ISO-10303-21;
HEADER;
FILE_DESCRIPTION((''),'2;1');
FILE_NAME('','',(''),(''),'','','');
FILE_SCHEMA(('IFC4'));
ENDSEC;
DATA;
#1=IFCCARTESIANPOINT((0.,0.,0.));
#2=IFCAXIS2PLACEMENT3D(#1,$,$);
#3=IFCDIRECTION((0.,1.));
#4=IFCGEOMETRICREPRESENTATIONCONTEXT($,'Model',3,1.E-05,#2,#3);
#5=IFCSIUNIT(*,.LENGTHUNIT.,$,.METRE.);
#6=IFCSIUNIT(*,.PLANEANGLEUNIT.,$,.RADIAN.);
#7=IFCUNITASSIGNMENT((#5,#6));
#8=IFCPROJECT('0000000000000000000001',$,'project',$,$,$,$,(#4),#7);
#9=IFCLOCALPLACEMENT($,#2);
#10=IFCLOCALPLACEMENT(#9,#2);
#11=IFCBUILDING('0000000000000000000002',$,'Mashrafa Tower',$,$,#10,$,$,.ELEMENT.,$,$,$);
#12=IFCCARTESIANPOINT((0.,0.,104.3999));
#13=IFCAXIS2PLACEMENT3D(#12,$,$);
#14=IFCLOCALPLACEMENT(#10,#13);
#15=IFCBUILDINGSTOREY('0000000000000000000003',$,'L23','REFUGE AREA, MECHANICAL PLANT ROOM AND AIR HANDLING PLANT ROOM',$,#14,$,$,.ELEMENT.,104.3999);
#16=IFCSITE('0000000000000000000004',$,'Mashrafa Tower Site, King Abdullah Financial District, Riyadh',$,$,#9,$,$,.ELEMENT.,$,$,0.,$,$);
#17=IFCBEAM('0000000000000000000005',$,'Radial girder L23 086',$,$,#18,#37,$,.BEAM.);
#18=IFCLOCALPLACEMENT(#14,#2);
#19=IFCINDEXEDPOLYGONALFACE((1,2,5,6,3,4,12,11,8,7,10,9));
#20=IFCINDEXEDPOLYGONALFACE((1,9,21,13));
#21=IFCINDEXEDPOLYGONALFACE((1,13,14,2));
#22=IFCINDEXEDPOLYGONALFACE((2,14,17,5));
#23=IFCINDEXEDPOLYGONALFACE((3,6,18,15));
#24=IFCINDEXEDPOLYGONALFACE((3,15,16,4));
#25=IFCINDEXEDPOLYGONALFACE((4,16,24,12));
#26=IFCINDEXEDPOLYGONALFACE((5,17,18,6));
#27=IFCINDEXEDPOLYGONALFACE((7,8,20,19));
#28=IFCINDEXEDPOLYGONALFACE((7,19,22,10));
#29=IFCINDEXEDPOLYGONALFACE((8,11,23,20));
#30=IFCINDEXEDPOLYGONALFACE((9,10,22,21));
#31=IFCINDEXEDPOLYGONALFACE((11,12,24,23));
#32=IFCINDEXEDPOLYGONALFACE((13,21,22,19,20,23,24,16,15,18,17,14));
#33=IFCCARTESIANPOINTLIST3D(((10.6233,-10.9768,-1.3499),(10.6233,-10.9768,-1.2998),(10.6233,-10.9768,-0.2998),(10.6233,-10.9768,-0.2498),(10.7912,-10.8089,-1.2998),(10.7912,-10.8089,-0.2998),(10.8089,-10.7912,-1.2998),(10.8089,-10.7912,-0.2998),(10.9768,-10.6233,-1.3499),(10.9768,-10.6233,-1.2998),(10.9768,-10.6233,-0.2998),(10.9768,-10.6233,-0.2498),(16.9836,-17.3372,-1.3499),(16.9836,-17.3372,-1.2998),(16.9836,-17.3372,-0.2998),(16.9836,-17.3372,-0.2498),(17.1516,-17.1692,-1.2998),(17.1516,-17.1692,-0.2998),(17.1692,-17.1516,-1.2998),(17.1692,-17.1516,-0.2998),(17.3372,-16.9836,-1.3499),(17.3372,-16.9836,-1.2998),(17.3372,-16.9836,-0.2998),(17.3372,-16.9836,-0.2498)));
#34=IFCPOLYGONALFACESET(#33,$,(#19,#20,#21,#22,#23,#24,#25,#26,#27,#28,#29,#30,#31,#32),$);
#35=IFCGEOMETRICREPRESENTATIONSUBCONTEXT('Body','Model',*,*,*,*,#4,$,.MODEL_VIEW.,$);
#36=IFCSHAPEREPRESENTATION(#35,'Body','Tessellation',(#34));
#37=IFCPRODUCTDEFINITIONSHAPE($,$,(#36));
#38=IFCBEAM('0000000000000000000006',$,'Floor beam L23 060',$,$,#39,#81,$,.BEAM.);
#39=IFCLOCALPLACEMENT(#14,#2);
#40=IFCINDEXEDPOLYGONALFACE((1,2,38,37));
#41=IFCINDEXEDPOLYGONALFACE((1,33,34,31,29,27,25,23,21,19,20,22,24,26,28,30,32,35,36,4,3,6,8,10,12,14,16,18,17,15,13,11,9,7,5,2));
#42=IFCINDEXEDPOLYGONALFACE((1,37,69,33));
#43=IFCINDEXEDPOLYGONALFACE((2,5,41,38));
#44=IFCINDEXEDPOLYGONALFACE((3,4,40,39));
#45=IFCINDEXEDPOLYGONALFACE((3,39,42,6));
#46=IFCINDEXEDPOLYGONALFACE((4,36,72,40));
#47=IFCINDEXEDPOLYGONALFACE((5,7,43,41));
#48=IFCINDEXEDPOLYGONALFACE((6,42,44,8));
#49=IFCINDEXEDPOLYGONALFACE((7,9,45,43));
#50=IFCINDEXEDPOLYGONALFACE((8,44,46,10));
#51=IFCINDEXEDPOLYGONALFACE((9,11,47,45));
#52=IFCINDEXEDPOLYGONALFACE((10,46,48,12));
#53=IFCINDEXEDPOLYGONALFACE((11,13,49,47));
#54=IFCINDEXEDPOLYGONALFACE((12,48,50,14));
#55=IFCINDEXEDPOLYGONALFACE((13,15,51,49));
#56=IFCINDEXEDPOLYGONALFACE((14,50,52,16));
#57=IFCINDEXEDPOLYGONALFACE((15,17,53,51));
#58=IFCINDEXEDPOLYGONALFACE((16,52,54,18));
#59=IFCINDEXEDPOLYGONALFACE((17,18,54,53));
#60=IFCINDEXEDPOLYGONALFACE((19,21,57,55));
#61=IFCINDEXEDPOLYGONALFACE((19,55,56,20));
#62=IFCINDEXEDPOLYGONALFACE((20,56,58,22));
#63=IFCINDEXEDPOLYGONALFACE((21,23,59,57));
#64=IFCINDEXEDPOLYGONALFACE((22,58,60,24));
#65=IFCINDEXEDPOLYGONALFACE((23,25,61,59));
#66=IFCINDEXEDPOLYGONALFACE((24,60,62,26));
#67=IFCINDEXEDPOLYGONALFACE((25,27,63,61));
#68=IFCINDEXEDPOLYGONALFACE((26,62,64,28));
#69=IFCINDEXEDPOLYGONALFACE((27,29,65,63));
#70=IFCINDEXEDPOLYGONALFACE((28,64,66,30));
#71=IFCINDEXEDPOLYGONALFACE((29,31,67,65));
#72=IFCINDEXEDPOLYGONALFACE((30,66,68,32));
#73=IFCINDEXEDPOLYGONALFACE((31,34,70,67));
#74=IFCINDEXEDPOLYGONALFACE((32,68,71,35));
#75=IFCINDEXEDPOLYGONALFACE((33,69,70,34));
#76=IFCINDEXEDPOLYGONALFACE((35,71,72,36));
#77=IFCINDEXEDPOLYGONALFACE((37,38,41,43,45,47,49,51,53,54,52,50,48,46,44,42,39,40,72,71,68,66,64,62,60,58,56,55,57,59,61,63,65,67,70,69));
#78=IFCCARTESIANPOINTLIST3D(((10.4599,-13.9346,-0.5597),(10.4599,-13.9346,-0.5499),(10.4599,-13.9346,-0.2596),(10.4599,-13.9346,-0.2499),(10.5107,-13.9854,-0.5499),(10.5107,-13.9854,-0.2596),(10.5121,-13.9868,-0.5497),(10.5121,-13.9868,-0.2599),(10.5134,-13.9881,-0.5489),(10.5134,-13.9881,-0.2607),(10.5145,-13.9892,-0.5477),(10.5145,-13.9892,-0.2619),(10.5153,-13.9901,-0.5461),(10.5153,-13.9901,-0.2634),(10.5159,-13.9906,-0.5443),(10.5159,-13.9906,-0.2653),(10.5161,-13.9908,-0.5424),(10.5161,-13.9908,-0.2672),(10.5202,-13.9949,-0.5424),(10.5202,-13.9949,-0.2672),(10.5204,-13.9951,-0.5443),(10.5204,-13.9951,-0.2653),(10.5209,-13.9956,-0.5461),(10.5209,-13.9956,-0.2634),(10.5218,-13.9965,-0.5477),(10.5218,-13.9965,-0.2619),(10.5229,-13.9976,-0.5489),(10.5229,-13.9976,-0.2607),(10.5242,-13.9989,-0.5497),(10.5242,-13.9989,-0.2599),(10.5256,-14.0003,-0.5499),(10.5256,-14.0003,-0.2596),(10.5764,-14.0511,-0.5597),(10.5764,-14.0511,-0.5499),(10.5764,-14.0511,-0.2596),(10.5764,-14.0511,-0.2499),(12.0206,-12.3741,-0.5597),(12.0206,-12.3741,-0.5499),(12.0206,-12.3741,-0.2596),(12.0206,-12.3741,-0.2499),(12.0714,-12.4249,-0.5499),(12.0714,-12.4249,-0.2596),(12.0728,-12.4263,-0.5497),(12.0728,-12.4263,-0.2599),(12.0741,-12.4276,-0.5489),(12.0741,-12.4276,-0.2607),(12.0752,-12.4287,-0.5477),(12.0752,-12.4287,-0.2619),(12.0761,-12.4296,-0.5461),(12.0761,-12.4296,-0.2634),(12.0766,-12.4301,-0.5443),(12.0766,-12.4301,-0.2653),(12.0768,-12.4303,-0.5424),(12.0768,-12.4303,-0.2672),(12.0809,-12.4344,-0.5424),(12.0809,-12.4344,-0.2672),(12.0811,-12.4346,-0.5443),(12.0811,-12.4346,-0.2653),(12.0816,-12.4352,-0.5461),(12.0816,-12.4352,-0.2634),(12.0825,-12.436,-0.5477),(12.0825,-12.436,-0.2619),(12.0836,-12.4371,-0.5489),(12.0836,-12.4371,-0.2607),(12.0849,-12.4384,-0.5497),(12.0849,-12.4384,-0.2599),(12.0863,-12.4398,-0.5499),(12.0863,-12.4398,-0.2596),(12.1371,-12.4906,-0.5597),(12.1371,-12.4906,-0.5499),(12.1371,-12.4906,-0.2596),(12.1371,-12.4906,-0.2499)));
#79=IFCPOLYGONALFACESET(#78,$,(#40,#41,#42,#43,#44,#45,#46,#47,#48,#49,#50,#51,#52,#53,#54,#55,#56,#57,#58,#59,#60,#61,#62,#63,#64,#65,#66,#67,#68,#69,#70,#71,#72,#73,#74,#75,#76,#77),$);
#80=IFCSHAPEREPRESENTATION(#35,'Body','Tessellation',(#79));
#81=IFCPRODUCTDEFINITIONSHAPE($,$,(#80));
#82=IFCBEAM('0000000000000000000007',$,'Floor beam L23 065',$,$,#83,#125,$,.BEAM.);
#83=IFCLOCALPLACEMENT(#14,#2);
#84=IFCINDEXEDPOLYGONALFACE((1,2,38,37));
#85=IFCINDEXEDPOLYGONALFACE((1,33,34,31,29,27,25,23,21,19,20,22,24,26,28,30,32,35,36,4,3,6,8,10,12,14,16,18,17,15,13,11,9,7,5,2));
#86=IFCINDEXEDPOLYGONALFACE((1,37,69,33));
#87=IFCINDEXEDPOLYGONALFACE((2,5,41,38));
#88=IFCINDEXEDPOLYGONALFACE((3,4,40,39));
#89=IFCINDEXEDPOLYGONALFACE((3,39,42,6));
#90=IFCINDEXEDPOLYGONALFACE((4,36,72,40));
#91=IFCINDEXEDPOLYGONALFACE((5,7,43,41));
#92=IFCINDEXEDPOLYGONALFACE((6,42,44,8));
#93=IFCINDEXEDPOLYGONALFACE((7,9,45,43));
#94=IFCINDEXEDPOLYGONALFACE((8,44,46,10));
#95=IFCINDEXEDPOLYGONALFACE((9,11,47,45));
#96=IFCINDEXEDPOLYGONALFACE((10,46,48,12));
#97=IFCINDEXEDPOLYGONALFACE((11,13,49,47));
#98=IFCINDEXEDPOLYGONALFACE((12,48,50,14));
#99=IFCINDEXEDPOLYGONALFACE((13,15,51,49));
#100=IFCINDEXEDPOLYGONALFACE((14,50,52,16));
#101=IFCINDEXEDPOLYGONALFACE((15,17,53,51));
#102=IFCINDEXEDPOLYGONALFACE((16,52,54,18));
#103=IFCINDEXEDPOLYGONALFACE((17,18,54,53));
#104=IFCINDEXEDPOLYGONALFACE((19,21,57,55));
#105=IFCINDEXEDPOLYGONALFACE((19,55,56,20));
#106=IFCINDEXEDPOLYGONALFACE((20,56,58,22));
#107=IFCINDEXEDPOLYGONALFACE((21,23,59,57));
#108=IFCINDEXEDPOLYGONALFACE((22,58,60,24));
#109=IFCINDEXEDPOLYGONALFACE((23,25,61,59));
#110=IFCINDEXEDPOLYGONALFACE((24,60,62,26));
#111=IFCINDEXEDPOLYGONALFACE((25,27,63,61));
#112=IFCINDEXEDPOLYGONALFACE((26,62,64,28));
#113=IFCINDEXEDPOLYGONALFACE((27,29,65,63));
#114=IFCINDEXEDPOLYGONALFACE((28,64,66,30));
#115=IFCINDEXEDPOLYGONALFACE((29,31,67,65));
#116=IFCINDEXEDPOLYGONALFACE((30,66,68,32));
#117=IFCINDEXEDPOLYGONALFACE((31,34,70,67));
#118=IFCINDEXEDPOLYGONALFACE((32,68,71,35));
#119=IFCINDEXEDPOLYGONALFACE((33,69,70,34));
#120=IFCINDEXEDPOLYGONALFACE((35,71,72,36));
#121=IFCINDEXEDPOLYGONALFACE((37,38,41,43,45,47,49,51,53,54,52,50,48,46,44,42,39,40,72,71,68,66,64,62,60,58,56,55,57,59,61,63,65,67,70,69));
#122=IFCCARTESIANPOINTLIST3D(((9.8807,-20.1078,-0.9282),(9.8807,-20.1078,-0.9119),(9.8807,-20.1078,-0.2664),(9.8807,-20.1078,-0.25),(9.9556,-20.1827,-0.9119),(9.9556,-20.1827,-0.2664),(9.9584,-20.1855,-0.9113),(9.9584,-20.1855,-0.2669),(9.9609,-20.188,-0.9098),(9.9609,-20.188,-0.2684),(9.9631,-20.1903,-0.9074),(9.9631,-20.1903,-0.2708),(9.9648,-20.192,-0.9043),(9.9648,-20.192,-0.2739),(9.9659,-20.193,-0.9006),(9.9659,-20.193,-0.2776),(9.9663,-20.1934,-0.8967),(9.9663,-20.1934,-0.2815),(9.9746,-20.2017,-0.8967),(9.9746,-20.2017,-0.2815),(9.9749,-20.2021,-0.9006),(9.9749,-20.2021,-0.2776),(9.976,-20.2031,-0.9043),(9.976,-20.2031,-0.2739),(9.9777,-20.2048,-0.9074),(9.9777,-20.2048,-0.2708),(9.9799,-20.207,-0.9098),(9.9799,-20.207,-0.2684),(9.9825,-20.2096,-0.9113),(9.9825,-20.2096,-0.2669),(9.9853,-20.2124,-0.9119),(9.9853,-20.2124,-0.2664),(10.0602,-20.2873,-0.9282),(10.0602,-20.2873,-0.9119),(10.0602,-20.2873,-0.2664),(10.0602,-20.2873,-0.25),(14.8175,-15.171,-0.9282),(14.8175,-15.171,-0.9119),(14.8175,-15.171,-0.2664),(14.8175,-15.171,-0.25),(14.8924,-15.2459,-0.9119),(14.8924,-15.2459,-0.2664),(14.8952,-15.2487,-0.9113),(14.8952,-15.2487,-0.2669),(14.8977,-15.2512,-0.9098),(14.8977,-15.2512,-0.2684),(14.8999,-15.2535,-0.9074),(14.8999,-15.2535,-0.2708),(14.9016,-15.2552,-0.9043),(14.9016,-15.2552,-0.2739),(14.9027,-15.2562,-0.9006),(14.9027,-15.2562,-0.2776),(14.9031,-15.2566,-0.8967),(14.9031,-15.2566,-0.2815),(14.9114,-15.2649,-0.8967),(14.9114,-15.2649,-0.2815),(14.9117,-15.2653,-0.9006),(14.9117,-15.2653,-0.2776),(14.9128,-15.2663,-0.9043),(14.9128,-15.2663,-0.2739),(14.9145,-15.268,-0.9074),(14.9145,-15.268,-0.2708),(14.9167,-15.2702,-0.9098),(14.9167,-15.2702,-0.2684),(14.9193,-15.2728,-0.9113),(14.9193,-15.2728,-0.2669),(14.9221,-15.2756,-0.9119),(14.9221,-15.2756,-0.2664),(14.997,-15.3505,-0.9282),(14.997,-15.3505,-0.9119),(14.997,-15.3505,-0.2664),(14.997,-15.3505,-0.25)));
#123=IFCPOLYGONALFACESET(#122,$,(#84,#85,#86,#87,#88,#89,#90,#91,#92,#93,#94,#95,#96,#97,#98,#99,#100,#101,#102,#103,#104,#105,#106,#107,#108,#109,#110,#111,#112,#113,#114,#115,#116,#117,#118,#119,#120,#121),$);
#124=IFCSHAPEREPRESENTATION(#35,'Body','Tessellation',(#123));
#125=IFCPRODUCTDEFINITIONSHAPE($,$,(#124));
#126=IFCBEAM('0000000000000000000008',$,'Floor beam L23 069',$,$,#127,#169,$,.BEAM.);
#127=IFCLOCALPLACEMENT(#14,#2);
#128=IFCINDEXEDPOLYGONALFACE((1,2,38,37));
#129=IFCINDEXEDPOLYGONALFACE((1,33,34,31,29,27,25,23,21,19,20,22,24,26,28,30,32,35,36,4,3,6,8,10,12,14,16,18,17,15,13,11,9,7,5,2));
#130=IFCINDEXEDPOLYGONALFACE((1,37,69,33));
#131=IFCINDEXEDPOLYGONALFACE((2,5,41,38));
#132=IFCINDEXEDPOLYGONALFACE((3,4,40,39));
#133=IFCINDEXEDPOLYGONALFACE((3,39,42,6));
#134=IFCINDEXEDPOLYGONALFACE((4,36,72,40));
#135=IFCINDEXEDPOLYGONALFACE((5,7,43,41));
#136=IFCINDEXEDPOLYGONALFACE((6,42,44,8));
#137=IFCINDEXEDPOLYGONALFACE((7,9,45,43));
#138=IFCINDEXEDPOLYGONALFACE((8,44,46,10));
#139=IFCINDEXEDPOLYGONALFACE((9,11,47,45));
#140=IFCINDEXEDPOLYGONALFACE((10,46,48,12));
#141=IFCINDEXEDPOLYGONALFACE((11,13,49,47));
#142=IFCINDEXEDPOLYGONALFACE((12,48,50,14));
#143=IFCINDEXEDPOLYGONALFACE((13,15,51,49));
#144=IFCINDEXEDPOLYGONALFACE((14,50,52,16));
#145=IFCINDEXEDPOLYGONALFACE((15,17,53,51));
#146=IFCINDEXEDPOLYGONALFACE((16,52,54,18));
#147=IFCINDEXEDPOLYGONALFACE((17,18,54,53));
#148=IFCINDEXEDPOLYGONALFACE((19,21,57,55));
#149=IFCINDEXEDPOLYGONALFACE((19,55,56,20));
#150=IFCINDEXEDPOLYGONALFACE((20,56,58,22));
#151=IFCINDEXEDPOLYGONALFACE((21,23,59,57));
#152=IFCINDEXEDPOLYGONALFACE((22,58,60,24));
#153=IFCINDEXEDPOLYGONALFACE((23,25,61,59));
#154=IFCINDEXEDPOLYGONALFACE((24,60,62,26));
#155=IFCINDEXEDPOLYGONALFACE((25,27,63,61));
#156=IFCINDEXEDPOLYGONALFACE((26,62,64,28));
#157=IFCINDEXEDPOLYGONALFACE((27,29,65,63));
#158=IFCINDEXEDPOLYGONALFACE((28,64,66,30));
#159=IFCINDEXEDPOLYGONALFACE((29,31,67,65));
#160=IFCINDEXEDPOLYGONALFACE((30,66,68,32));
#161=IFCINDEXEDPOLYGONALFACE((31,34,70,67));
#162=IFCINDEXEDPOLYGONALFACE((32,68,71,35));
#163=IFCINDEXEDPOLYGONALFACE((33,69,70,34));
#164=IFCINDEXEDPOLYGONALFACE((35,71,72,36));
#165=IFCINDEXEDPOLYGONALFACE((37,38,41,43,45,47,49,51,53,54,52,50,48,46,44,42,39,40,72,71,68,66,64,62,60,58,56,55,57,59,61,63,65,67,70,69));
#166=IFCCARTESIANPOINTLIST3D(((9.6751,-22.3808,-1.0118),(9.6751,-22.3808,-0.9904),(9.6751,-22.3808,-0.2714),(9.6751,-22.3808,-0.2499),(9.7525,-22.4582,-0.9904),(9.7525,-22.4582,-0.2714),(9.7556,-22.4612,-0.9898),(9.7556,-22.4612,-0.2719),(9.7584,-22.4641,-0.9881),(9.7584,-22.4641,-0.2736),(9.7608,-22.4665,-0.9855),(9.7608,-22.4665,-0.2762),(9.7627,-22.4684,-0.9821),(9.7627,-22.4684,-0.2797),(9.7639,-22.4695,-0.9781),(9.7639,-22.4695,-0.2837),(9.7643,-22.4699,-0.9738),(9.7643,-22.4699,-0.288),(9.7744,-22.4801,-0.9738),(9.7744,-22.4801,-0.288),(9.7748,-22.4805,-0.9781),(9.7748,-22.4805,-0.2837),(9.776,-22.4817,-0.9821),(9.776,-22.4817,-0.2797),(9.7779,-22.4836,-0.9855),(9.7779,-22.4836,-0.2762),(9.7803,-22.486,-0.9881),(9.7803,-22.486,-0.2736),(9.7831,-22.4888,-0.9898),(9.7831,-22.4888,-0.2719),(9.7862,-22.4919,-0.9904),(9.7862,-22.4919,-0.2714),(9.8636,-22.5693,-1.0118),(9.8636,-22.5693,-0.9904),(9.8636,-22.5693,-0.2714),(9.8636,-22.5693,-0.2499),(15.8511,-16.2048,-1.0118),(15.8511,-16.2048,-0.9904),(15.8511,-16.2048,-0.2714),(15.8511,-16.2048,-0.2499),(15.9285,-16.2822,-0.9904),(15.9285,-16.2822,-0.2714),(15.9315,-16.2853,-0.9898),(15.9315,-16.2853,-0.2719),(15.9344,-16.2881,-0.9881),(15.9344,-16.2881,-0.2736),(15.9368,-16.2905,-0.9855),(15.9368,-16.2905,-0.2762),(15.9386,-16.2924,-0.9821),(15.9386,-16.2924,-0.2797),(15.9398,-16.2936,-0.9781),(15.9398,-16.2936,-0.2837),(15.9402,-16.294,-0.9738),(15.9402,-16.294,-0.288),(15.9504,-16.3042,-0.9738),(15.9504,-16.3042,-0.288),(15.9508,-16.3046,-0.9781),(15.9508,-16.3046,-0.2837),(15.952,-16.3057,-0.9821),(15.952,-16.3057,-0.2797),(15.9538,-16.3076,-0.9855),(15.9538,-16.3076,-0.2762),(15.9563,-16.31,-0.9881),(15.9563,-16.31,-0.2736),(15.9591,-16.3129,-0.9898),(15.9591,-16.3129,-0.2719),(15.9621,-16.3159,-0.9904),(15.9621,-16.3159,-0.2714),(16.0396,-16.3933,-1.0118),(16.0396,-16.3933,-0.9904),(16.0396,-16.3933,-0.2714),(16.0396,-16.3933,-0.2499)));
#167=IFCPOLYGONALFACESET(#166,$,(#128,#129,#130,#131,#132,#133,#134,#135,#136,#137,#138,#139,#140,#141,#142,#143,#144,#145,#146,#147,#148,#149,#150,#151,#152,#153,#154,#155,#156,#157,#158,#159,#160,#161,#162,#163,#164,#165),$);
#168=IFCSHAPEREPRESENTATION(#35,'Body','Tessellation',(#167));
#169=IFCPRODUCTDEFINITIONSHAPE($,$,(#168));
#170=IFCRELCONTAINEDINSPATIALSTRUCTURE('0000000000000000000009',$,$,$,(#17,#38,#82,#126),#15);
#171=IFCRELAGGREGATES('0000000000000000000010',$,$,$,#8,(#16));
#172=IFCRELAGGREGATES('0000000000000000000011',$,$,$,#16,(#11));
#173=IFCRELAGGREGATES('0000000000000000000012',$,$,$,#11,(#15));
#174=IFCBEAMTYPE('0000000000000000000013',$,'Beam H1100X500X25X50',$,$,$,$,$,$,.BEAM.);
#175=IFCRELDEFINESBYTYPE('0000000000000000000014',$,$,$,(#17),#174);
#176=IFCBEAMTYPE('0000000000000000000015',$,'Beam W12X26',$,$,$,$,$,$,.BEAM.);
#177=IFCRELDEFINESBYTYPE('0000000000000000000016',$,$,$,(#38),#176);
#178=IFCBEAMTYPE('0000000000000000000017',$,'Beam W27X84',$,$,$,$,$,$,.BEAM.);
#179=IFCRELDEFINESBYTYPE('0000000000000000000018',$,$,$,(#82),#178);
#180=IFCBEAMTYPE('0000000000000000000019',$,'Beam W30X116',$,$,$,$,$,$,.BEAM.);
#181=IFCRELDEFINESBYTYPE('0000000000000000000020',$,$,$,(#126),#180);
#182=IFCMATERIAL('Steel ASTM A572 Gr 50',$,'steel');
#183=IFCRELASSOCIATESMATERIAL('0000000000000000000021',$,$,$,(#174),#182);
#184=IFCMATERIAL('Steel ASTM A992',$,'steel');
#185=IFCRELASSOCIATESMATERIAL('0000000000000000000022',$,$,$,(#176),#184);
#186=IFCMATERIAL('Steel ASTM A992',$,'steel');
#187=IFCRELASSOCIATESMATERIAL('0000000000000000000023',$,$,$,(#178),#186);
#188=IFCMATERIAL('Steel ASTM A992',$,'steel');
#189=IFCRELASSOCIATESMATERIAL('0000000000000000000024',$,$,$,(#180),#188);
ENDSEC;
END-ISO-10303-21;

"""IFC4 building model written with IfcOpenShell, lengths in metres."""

from ifc_helpers import new_model, si_unit, direction, frame, origin, origin_2d, place, context, subcontext, project, spatial, i_section, extrude, material, material_profile, profile_set, type_object, element, save


model = new_model("IFC4")

# Units and contexts
model_context = context("Model", 3, precision=1e-05, world=origin(), true_north=direction((0.0, 1.0)))
body_context = subcontext(model_context, "Body", "Model", "MODEL_VIEW")
ifc_project = project(units=[si_unit("LENGTHUNIT", "METRE"), si_unit("PLANEANGLEUNIT", "RADIAN")], contexts=[model_context])

# Site, building, storey
site_placement = place(None, origin())
site = spatial("IfcSite", under=ifc_project, at=site_placement, Name="Mashrafa Tower Site, King Abdullah Financial District, Riyadh", CompositionType="ELEMENT", RefElevation=0.0)
building_placement = place(site_placement, origin())
building = spatial("IfcBuilding", under=site, at=building_placement, Name="Mashrafa Tower", CompositionType="ELEMENT")
storey_placement = place(building_placement, frame((0.0, 0.0, 104.3999)))
storey = spatial("IfcBuildingStorey", under=building, at=storey_placement, Name="L23", Description="REFUGE AREA, MECHANICAL PLANT ROOM AND AIR HANDLING PLANT ROOM", CompositionType="ELEMENT", Elevation=104.3999)

# Beams
ifc_material_1 = material(Name="Steel ASTM A572 Gr 50", Category="steel")
ifc_material_profile_1 = material_profile(ifc_material_1, i_section(OverallWidth=0.5, OverallDepth=1.1001, WebThickness=0.0249, FlangeThickness=0.05, at=origin_2d()), Name="H1100X500X25X50")
ifc_profile_set_1 = profile_set([ifc_material_profile_1], Name="Steel ASTM A572 Gr 50")
beam_type_1 = type_object("IfcBeamType", Name="Beam H1100X500X25X50", PredefinedType="BEAM", material=ifc_profile_set_1)
beam_1_placement = place(storey_placement, frame((10.8, -10.8, -0.7998), z_axis=(0.707107, -0.707107, 0.0), x_axis=(0.707107, 0.707107, 0.0)))
element("IfcBeam", 1, at=beam_1_placement, inside=storey, type_object=beam_type_1, Name="Radial girder L23 086", PredefinedType="BEAM", context=body_context, shape_type="SweptSolid", body=[
    extrude(i_section(OverallWidth=0.5, OverallDepth=1.1001, WebThickness=0.0249, FlangeThickness=0.05, at=origin_2d()), origin(), (0.0, 0.0, 1.0), 8.9949),
])
ifc_material_2 = material(Name="Steel ASTM A992", Category="steel")
ifc_material_profile_2 = material_profile(ifc_material_2, i_section(OverallWidth=0.1648, OverallDepth=0.3098, WebThickness=0.0059, FlangeThickness=0.0098, FilletRadius=0.0076, at=origin_2d()), Name="W12X26")
ifc_profile_set_2 = profile_set([ifc_material_profile_2], Name="Steel ASTM A992")
beam_type_2 = type_object("IfcBeamType", Name="Beam W12X26", PredefinedType="BEAM", material=ifc_profile_set_2)
beam_2_placement = place(storey_placement, frame((12.0789, -12.4324, -0.4048), z_axis=(-0.707162, -0.707051, 0.0), x_axis=(0.707051, -0.707162, 0.0)))
element("IfcBeam", 2, at=beam_2_placement, inside=storey, type_object=beam_type_2, Name="Floor beam L23 060", PredefinedType="BEAM", context=body_context, shape_type="SweptSolid", body=[
    extrude(i_section(OverallWidth=0.1648, OverallDepth=0.3098, WebThickness=0.0059, FlangeThickness=0.0098, FilletRadius=0.0076, at=origin_2d()), origin(), (0.0, 0.0, 1.0), 2.207),
])
ifc_material_3 = material(Name="Steel ASTM A992", Category="steel")
ifc_material_profile_3 = material_profile(ifc_material_3, i_section(OverallWidth=0.2539, OverallDepth=0.6782, WebThickness=0.0117, FlangeThickness=0.0164, FilletRadius=0.0151, at=origin_2d()), Name="W27X84")
ifc_profile_set_3 = profile_set([ifc_material_profile_3], Name="Steel ASTM A992")
beam_type_3 = type_object("IfcBeamType", Name="Beam W27X84", PredefinedType="BEAM", material=ifc_profile_set_3)
beam_3_placement = place(storey_placement, frame((14.9072, -15.2607, -0.5891), z_axis=(-0.707107, -0.707107, 0.0), x_axis=(0.707107, -0.707107, 0.0)))
element("IfcBeam", 3, at=beam_3_placement, inside=storey, type_object=beam_type_3, Name="Floor beam L23 065", PredefinedType="BEAM", context=body_context, shape_type="SweptSolid", body=[
    extrude(i_section(OverallWidth=0.2539, OverallDepth=0.6782, WebThickness=0.0117, FlangeThickness=0.0164, FilletRadius=0.0151, at=origin_2d()), origin(), (0.0, 0.0, 1.0), 6.9817),
])
ifc_material_4 = material(Name="Steel ASTM A992", Category="steel")
ifc_material_profile_4 = material_profile(ifc_material_4, i_section(OverallWidth=0.2666, OverallDepth=0.762, WebThickness=0.0144, FlangeThickness=0.0215, FilletRadius=0.0166, at=origin_2d()), Name="W30X116")
ifc_profile_set_4 = profile_set([ifc_material_profile_4], Name="Steel ASTM A992")
beam_type_4 = type_object("IfcBeamType", Name="Beam W30X116", PredefinedType="BEAM", material=ifc_profile_set_4)
beam_4_placement = place(storey_placement, frame((15.9453, -16.2991, -0.6309), z_axis=(-0.707107, -0.707107, 0.0), x_axis=(0.707107, -0.707107, 0.0)))
element("IfcBeam", 4, at=beam_4_placement, inside=storey, type_object=beam_type_4, Name="Floor beam L23 069", PredefinedType="BEAM", context=body_context, shape_type="SweptSolid", body=[
    extrude(i_section(OverallWidth=0.2666, OverallDepth=0.762, WebThickness=0.0144, FlangeThickness=0.0215, FilletRadius=0.0166, at=origin_2d()), origin(), (0.0, 0.0, 1.0), 8.7341),
])

save(model, "model.ifc")
